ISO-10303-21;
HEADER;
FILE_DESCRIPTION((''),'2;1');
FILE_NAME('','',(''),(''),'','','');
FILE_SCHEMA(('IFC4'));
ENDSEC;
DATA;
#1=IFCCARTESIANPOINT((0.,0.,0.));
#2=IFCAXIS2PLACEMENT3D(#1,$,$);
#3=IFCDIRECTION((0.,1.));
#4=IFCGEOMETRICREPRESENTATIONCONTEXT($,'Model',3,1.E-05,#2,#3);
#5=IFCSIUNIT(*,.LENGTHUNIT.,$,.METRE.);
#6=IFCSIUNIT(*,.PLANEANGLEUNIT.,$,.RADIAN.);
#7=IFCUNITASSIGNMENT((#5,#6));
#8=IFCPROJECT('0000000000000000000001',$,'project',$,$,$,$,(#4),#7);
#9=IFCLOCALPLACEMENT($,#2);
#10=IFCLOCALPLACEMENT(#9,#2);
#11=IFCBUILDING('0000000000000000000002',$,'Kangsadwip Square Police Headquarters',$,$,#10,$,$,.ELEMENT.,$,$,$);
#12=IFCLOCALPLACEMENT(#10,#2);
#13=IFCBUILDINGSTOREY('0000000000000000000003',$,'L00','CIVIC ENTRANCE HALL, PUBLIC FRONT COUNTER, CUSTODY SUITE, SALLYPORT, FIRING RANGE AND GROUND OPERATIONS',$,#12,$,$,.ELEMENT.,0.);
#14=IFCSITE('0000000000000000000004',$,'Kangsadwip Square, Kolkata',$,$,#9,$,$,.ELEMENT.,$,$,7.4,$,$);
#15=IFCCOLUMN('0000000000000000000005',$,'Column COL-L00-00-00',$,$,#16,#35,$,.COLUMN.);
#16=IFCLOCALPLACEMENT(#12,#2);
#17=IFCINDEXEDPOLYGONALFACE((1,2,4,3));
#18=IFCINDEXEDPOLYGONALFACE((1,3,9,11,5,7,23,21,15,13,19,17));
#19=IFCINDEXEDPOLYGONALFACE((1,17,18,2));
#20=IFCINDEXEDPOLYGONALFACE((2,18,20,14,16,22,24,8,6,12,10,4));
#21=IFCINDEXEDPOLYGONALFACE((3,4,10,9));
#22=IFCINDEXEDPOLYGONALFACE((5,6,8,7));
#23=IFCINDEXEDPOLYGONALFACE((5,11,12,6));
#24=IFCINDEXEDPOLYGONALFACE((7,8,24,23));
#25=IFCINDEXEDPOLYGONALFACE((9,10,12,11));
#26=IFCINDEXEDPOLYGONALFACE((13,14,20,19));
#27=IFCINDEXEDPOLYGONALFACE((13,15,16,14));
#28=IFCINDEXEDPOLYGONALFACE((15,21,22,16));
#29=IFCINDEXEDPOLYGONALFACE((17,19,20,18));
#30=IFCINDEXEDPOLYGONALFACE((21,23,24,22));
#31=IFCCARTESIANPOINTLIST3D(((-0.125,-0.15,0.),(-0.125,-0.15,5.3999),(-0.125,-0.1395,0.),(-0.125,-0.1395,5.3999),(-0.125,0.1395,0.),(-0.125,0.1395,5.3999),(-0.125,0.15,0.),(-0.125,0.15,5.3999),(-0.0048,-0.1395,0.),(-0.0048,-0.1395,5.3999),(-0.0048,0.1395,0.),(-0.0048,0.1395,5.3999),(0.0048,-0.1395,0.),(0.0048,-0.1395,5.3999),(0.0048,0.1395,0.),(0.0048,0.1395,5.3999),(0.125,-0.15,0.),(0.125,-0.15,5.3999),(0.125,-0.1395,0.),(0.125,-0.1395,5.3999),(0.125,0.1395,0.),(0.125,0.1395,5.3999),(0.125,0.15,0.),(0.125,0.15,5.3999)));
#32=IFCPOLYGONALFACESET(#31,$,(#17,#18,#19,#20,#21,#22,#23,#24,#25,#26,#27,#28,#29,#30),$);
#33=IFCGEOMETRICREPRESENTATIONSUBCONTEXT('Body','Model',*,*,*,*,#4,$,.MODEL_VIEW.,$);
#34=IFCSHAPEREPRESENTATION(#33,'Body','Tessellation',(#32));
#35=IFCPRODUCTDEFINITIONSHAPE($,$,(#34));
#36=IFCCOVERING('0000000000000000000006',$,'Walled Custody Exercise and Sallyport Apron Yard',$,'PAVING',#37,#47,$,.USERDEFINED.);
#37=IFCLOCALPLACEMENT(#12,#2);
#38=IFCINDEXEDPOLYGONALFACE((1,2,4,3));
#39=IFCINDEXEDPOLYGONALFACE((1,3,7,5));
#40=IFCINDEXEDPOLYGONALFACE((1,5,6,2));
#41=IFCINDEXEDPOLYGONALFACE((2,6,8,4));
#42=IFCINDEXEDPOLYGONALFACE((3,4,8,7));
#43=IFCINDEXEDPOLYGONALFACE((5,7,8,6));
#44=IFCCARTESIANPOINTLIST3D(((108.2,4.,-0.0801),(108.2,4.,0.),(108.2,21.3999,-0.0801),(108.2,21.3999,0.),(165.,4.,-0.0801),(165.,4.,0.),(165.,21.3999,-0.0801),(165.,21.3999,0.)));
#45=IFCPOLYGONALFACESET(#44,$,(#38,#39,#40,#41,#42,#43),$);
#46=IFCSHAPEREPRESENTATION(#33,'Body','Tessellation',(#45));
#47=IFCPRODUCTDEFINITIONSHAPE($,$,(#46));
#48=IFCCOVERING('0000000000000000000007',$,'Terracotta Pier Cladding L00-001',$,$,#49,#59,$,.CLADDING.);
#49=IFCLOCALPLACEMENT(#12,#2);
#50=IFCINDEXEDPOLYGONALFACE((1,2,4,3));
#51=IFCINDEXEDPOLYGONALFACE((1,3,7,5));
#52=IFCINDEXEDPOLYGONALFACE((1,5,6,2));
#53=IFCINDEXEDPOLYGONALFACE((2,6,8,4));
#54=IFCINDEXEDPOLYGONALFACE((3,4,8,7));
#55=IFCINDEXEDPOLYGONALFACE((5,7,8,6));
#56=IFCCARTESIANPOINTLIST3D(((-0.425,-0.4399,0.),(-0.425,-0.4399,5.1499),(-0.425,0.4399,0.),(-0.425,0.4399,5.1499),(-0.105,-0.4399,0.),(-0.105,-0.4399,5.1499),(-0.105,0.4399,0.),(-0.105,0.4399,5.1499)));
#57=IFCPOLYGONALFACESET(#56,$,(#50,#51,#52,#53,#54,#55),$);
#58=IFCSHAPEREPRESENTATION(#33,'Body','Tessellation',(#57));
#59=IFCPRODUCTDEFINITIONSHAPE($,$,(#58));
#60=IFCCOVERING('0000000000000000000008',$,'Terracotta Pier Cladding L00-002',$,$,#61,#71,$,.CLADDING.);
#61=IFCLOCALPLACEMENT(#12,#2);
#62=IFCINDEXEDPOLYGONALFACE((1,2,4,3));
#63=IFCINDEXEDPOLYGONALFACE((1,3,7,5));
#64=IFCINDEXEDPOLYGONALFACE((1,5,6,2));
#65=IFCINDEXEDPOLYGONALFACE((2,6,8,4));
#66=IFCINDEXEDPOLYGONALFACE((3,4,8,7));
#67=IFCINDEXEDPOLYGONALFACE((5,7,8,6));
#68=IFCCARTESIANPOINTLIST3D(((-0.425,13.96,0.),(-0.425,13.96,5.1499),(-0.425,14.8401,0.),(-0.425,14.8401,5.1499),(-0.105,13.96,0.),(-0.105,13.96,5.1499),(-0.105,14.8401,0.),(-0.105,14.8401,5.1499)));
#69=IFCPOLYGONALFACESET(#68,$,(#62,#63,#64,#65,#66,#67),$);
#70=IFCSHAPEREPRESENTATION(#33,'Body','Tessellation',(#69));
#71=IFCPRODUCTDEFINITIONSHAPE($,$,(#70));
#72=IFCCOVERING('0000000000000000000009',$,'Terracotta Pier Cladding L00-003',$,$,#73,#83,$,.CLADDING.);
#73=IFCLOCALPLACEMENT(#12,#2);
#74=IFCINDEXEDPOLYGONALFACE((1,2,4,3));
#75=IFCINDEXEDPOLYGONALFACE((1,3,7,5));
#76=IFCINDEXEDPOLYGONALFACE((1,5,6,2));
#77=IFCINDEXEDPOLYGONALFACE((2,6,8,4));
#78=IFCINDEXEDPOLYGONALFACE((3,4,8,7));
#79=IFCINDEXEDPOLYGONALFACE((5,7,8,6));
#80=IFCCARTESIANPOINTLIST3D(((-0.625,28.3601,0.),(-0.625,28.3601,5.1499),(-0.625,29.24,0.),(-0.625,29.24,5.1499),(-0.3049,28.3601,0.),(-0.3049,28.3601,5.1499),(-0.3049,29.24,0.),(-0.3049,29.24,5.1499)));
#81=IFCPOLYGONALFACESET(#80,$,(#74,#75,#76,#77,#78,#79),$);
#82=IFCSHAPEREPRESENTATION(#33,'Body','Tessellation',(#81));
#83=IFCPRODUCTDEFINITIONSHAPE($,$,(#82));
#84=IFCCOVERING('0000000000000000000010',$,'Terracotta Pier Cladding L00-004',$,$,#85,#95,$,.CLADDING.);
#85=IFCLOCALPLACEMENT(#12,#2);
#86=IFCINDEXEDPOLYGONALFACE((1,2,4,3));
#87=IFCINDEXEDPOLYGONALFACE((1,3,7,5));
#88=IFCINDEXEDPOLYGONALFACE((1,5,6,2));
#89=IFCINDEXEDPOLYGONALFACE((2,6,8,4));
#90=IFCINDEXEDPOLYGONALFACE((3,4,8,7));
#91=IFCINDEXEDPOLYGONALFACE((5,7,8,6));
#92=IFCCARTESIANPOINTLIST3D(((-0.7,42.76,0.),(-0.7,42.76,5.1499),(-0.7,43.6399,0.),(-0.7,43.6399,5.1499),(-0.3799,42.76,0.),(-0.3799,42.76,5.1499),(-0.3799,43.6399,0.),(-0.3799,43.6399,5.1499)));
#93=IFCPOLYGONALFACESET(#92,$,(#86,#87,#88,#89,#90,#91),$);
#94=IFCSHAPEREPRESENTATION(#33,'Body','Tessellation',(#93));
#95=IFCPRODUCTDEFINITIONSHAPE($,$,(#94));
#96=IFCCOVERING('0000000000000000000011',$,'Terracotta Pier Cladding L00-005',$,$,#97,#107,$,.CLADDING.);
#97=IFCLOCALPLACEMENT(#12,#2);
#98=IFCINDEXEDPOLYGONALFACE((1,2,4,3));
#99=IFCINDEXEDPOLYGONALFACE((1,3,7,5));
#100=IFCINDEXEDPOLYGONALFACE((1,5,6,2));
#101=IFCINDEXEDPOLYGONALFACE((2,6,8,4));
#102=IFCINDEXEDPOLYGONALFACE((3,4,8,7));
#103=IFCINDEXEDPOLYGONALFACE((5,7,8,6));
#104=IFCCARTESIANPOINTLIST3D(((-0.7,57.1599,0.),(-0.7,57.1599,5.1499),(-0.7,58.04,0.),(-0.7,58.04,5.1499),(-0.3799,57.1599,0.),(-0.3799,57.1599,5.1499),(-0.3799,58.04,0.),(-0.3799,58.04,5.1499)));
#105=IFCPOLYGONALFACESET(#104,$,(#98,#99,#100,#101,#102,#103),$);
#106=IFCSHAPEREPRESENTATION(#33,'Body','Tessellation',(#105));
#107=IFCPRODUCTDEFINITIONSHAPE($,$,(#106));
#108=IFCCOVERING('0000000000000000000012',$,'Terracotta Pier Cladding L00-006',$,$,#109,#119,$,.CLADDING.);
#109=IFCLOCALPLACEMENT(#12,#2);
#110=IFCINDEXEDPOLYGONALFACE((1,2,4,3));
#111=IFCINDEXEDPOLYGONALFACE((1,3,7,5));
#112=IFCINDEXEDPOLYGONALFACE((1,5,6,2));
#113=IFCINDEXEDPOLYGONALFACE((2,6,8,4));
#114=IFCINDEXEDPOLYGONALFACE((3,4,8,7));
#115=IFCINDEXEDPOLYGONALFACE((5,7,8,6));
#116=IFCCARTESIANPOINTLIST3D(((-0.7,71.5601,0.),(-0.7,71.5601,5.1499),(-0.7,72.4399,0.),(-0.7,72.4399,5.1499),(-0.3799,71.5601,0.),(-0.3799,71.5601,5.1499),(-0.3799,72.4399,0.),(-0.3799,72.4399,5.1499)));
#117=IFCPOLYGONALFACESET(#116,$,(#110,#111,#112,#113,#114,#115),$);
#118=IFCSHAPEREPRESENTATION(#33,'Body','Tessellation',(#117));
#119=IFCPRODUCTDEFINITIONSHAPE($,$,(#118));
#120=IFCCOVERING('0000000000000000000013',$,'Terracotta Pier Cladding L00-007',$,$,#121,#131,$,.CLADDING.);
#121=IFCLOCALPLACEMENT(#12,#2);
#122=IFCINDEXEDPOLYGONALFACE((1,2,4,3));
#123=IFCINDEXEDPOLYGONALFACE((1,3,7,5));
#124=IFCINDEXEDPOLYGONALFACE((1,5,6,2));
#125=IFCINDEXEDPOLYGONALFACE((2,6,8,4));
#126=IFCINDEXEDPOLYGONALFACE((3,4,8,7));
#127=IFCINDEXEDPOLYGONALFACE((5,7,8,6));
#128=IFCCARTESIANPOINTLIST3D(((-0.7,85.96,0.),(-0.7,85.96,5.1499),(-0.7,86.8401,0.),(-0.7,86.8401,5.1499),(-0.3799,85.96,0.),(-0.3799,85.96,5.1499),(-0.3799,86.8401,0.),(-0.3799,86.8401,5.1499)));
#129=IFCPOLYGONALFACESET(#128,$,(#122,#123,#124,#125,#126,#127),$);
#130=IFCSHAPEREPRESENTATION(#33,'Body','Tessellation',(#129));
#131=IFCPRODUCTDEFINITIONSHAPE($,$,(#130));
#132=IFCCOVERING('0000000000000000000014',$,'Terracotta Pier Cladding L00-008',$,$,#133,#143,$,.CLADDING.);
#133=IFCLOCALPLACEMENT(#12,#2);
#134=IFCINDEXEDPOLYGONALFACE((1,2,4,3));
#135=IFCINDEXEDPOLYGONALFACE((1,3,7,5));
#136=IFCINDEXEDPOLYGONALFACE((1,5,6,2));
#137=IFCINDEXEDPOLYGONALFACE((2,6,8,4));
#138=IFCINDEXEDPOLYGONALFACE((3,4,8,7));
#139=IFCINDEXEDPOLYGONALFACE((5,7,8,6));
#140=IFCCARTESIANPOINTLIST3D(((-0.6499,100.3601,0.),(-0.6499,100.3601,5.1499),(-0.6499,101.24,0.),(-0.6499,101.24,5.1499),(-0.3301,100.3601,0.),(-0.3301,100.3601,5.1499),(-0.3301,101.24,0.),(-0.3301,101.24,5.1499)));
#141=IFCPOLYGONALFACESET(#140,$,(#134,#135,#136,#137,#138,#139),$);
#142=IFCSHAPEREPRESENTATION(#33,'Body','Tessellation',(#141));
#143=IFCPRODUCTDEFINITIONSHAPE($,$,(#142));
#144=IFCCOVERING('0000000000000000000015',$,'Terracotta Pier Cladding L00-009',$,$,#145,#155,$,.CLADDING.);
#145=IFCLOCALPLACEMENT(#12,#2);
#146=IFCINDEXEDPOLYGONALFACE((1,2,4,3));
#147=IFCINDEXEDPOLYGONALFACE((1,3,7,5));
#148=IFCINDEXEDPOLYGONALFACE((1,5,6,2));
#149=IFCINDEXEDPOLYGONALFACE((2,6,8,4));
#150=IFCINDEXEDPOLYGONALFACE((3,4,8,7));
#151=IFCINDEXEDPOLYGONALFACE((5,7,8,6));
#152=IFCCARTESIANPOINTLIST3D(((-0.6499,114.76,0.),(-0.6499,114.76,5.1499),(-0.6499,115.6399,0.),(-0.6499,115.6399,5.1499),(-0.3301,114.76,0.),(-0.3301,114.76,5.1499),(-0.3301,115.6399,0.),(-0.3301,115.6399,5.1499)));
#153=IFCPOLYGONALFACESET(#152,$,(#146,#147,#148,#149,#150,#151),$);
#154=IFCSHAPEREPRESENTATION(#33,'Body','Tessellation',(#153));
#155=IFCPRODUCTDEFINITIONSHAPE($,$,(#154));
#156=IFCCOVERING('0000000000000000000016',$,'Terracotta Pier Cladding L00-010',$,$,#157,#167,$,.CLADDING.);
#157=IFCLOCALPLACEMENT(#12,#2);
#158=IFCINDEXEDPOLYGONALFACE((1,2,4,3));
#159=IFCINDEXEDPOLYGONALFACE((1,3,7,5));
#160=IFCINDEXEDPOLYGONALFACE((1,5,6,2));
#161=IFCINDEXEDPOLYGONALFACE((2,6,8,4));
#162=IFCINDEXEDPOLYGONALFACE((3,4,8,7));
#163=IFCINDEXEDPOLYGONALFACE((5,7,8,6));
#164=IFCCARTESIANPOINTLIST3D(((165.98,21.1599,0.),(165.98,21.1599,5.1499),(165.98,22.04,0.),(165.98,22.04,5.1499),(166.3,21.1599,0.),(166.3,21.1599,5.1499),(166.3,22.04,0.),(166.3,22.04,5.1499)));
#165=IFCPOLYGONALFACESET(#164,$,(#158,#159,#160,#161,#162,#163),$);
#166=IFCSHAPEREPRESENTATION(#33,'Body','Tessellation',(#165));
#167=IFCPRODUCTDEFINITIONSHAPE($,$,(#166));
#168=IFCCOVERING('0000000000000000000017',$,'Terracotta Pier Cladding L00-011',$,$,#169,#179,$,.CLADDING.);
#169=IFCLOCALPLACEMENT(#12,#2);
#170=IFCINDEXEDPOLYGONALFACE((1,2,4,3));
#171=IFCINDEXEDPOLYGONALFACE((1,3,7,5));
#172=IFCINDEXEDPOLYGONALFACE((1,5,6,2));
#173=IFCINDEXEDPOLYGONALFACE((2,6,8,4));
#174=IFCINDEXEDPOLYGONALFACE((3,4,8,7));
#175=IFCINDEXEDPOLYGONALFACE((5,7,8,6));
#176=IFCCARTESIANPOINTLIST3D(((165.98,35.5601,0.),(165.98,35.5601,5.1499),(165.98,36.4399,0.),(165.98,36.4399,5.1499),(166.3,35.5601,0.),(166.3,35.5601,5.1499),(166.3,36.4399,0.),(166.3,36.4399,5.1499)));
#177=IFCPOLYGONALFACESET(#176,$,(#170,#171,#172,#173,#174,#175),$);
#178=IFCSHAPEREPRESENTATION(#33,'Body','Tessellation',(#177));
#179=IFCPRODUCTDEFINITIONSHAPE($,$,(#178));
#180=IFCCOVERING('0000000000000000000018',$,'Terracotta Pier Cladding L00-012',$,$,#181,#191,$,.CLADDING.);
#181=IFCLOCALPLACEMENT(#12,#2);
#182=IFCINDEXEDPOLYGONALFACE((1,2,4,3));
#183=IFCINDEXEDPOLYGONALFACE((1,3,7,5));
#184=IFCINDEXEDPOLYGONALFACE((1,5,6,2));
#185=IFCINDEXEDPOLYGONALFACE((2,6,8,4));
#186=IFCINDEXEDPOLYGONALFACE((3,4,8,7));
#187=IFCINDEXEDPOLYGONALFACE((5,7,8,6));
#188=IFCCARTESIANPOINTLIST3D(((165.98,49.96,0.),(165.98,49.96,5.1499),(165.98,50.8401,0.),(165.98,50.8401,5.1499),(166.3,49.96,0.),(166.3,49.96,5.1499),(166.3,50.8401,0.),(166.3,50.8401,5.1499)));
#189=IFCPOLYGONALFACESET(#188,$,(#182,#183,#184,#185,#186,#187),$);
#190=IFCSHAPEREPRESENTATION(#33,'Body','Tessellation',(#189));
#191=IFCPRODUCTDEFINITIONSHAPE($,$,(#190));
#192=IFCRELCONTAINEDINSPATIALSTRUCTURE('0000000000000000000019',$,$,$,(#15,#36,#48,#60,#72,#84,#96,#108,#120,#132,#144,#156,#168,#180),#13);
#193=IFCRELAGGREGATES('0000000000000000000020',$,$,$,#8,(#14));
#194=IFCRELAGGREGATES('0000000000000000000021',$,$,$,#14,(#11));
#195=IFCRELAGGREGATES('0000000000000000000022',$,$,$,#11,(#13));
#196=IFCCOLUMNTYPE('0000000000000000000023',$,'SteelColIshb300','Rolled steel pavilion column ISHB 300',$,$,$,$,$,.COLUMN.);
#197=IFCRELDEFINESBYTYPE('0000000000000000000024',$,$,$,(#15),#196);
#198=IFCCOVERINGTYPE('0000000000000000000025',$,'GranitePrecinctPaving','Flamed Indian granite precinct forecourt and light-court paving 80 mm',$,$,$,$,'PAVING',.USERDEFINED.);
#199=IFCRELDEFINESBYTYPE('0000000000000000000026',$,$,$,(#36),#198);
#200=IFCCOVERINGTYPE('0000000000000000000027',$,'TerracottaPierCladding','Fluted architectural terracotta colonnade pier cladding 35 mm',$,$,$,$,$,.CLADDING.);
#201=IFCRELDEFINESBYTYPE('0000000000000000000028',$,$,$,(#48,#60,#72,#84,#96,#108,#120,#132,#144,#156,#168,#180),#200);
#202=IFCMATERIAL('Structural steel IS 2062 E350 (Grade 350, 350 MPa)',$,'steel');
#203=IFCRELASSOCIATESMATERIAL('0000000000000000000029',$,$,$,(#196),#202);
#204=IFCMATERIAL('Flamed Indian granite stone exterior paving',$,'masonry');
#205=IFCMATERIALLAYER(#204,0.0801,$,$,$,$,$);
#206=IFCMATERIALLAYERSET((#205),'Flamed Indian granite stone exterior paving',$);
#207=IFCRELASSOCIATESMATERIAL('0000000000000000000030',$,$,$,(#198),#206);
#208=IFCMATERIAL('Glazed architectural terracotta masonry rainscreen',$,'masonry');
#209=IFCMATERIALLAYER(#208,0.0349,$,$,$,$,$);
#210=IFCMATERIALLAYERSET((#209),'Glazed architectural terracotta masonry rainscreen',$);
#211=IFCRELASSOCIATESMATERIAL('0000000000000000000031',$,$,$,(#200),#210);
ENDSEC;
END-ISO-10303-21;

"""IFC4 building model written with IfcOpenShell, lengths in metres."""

from ifc_helpers import new_model, si_unit, direction, frame, origin, origin_with_axes, origin_2d, place, context, subcontext, project, spatial, polyline, i_section, outline, extrude, material, layer, layer_set, material_profile, profile_set, type_object, element, save


model = new_model("IFC4")

# Units and contexts
model_context = context("Model", 3, precision=1e-05, world=origin(), true_north=direction((0.0, 1.0)))
body_context = subcontext(model_context, "Body", "Model", "MODEL_VIEW")
ifc_project = project(units=[si_unit("LENGTHUNIT", "METRE"), si_unit("PLANEANGLEUNIT", "RADIAN")], contexts=[model_context])

# Site, building, storey
site_placement = place(None, origin())
site = spatial("IfcSite", under=ifc_project, at=site_placement, Name="Kangsadwip Square, Kolkata", CompositionType="ELEMENT", RefElevation=7.4)
building_placement = place(site_placement, origin())
building = spatial("IfcBuilding", under=site, at=building_placement, Name="Kangsadwip Square Police Headquarters", CompositionType="ELEMENT")
storey_placement = place(building_placement, origin())
storey = spatial("IfcBuildingStorey", under=building, at=storey_placement, Name="L00", Description="CIVIC ENTRANCE HALL, PUBLIC FRONT COUNTER, CUSTODY SUITE, SALLYPORT, FIRING RANGE AND GROUND OPERATIONS", CompositionType="ELEMENT", Elevation=0.0)

# Column
ifc_material_1 = material(Name="Structural steel IS 2062 E350 (Grade 350, 350 MPa)", Category="steel")
ifc_material_profile = material_profile(ifc_material_1, i_section(OverallWidth=0.25, OverallDepth=0.3, WebThickness=0.0095, FlangeThickness=0.0105, at=origin_2d()), Name="ISHB 300")
ifc_profile_set = profile_set([ifc_material_profile], Name="Structural steel IS 2062 E350 (Grade 350, 350 MPa)")
column_type = type_object("IfcColumnType", Name="SteelColIshb300", Description="Rolled steel pavilion column ISHB 300", PredefinedType="COLUMN", material=ifc_profile_set)
column_placement = place(storey_placement, origin_with_axes())
element("IfcColumn", 1, at=column_placement, inside=storey, type_object=column_type, Name="Column COL-L00-00-00", PredefinedType="COLUMN", context=body_context, shape_type="SweptSolid", body=[
    extrude(i_section(OverallWidth=0.25, OverallDepth=0.3, WebThickness=0.0095, FlangeThickness=0.0105, at=origin_2d()), origin(), (0.0, 0.0, 1.0), 5.3999),
])

# Coverings
ifc_material_2 = material(Name="Flamed Indian granite stone exterior paving", Category="masonry")
ifc_layer_1 = layer(ifc_material_2, 0.0801)
ifc_layer_set_1 = layer_set([ifc_layer_1], Name="Flamed Indian granite stone exterior paving")
covering_type_1 = type_object("IfcCoveringType", Name="GranitePrecinctPaving", Description="Flamed Indian granite precinct forecourt and light-court paving 80 mm", ElementType="PAVING", PredefinedType="USERDEFINED", material=ifc_layer_set_1)
covering_1_placement = place(storey_placement, frame((0.0, 0.0, -0.0801)))
element("IfcCovering", 2, at=covering_1_placement, inside=storey, type_object=covering_type_1, Name="Walled Custody Exercise and Sallyport Apron Yard", ObjectType="PAVING", PredefinedType="USERDEFINED", context=body_context, shape_type="SweptSolid", body=[
    extrude(outline(polyline([(108.2, 4.0), (165.0, 4.0), (165.0, 21.3999), (108.2, 21.3999), (108.2, 4.0)])), origin(), (0.0, 0.0, 1.0), 0.0801),
])
ifc_material_3 = material(Name="Glazed architectural terracotta masonry rainscreen", Category="masonry")
ifc_layer_2 = layer(ifc_material_3, 0.0349)
ifc_layer_set_2 = layer_set([ifc_layer_2], Name="Glazed architectural terracotta masonry rainscreen")
covering_type_2 = type_object("IfcCoveringType", Name="TerracottaPierCladding", Description="Fluted architectural terracotta colonnade pier cladding 35 mm", PredefinedType="CLADDING", material=ifc_layer_set_2)
covering_2_placement = place(storey_placement, origin())
element("IfcCovering", 3, at=covering_2_placement, inside=storey, type_object=covering_type_2, Name="Terracotta Pier Cladding L00-001", PredefinedType="CLADDING", context=body_context, shape_type="SweptSolid", body=[
    extrude(outline(polyline([(-0.425, -0.4399), (-0.105, -0.4399), (-0.105, 0.4399), (-0.425, 0.4399), (-0.425, -0.4399)])), origin(), (0.0, 0.0, 1.0), 5.1499),
])
covering_3_placement = place(storey_placement, origin())
element("IfcCovering", 4, at=covering_3_placement, inside=storey, type_object=covering_type_2, Name="Terracotta Pier Cladding L00-002", PredefinedType="CLADDING", context=body_context, shape_type="SweptSolid", body=[
    extrude(outline(polyline([(-0.425, 13.96), (-0.105, 13.96), (-0.105, 14.8401), (-0.425, 14.8401), (-0.425, 13.96)])), origin(), (0.0, 0.0, 1.0), 5.1499),
])
covering_4_placement = place(storey_placement, origin())
element("IfcCovering", 5, at=covering_4_placement, inside=storey, type_object=covering_type_2, Name="Terracotta Pier Cladding L00-003", PredefinedType="CLADDING", context=body_context, shape_type="SweptSolid", body=[
    extrude(outline(polyline([(-0.625, 28.3601), (-0.3049, 28.3601), (-0.3049, 29.24), (-0.625, 29.24), (-0.625, 28.3601)])), origin(), (0.0, 0.0, 1.0), 5.1499),
])
covering_5_placement = place(storey_placement, origin())
element("IfcCovering", 6, at=covering_5_placement, inside=storey, type_object=covering_type_2, Name="Terracotta Pier Cladding L00-004", PredefinedType="CLADDING", context=body_context, shape_type="SweptSolid", body=[
    extrude(outline(polyline([(-0.7, 42.76), (-0.3799, 42.76), (-0.3799, 43.6399), (-0.7, 43.6399), (-0.7, 42.76)])), origin(), (0.0, 0.0, 1.0), 5.1499),
])
covering_6_placement = place(storey_placement, origin())
element("IfcCovering", 7, at=covering_6_placement, inside=storey, type_object=covering_type_2, Name="Terracotta Pier Cladding L00-005", PredefinedType="CLADDING", context=body_context, shape_type="SweptSolid", body=[
    extrude(outline(polyline([(-0.7, 57.1599), (-0.3799, 57.1599), (-0.3799, 58.04), (-0.7, 58.04), (-0.7, 57.1599)])), origin(), (0.0, 0.0, 1.0), 5.1499),
])
covering_7_placement = place(storey_placement, origin())
element("IfcCovering", 8, at=covering_7_placement, inside=storey, type_object=covering_type_2, Name="Terracotta Pier Cladding L00-006", PredefinedType="CLADDING", context=body_context, shape_type="SweptSolid", body=[
    extrude(outline(polyline([(-0.7, 71.5601), (-0.3799, 71.5601), (-0.3799, 72.4399), (-0.7, 72.4399), (-0.7, 71.5601)])), origin(), (0.0, 0.0, 1.0), 5.1499),
])
covering_8_placement = place(storey_placement, origin())
element("IfcCovering", 9, at=covering_8_placement, inside=storey, type_object=covering_type_2, Name="Terracotta Pier Cladding L00-007", PredefinedType="CLADDING", context=body_context, shape_type="SweptSolid", body=[
    extrude(outline(polyline([(-0.7, 85.96), (-0.3799, 85.96), (-0.3799, 86.8401), (-0.7, 86.8401), (-0.7, 85.96)])), origin(), (0.0, 0.0, 1.0), 5.1499),
])
covering_9_placement = place(storey_placement, origin())
element("IfcCovering", 10, at=covering_9_placement, inside=storey, type_object=covering_type_2, Name="Terracotta Pier Cladding L00-008", PredefinedType="CLADDING", context=body_context, shape_type="SweptSolid", body=[
    extrude(outline(polyline([(-0.6499, 100.3601), (-0.3301, 100.3601), (-0.3301, 101.24), (-0.6499, 101.24), (-0.6499, 100.3601)])), origin(), (0.0, 0.0, 1.0), 5.1499),
])
covering_10_placement = place(storey_placement, origin())
element("IfcCovering", 11, at=covering_10_placement, inside=storey, type_object=covering_type_2, Name="Terracotta Pier Cladding L00-009", PredefinedType="CLADDING", context=body_context, shape_type="SweptSolid", body=[
    extrude(outline(polyline([(-0.6499, 114.76), (-0.3301, 114.76), (-0.3301, 115.6399), (-0.6499, 115.6399), (-0.6499, 114.76)])), origin(), (0.0, 0.0, 1.0), 5.1499),
])
covering_11_placement = place(storey_placement, origin())
element("IfcCovering", 12, at=covering_11_placement, inside=storey, type_object=covering_type_2, Name="Terracotta Pier Cladding L00-010", PredefinedType="CLADDING", context=body_context, shape_type="SweptSolid", body=[
    extrude(outline(polyline([(165.98, 21.1599), (166.3, 21.1599), (166.3, 22.04), (165.98, 22.04), (165.98, 21.1599)])), origin(), (0.0, 0.0, 1.0), 5.1499),
])
covering_12_placement = place(storey_placement, origin())
element("IfcCovering", 13, at=covering_12_placement, inside=storey, type_object=covering_type_2, Name="Terracotta Pier Cladding L00-011", PredefinedType="CLADDING", context=body_context, shape_type="SweptSolid", body=[
    extrude(outline(polyline([(165.98, 35.5601), (166.3, 35.5601), (166.3, 36.4399), (165.98, 36.4399), (165.98, 35.5601)])), origin(), (0.0, 0.0, 1.0), 5.1499),
])
covering_13_placement = place(storey_placement, origin())
element("IfcCovering", 14, at=covering_13_placement, inside=storey, type_object=covering_type_2, Name="Terracotta Pier Cladding L00-012", PredefinedType="CLADDING", context=body_context, shape_type="SweptSolid", body=[
    extrude(outline(polyline([(165.98, 49.96), (166.3, 49.96), (166.3, 50.8401), (165.98, 50.8401), (165.98, 49.96)])), origin(), (0.0, 0.0, 1.0), 5.1499),
])

save(model, "model.ifc")
